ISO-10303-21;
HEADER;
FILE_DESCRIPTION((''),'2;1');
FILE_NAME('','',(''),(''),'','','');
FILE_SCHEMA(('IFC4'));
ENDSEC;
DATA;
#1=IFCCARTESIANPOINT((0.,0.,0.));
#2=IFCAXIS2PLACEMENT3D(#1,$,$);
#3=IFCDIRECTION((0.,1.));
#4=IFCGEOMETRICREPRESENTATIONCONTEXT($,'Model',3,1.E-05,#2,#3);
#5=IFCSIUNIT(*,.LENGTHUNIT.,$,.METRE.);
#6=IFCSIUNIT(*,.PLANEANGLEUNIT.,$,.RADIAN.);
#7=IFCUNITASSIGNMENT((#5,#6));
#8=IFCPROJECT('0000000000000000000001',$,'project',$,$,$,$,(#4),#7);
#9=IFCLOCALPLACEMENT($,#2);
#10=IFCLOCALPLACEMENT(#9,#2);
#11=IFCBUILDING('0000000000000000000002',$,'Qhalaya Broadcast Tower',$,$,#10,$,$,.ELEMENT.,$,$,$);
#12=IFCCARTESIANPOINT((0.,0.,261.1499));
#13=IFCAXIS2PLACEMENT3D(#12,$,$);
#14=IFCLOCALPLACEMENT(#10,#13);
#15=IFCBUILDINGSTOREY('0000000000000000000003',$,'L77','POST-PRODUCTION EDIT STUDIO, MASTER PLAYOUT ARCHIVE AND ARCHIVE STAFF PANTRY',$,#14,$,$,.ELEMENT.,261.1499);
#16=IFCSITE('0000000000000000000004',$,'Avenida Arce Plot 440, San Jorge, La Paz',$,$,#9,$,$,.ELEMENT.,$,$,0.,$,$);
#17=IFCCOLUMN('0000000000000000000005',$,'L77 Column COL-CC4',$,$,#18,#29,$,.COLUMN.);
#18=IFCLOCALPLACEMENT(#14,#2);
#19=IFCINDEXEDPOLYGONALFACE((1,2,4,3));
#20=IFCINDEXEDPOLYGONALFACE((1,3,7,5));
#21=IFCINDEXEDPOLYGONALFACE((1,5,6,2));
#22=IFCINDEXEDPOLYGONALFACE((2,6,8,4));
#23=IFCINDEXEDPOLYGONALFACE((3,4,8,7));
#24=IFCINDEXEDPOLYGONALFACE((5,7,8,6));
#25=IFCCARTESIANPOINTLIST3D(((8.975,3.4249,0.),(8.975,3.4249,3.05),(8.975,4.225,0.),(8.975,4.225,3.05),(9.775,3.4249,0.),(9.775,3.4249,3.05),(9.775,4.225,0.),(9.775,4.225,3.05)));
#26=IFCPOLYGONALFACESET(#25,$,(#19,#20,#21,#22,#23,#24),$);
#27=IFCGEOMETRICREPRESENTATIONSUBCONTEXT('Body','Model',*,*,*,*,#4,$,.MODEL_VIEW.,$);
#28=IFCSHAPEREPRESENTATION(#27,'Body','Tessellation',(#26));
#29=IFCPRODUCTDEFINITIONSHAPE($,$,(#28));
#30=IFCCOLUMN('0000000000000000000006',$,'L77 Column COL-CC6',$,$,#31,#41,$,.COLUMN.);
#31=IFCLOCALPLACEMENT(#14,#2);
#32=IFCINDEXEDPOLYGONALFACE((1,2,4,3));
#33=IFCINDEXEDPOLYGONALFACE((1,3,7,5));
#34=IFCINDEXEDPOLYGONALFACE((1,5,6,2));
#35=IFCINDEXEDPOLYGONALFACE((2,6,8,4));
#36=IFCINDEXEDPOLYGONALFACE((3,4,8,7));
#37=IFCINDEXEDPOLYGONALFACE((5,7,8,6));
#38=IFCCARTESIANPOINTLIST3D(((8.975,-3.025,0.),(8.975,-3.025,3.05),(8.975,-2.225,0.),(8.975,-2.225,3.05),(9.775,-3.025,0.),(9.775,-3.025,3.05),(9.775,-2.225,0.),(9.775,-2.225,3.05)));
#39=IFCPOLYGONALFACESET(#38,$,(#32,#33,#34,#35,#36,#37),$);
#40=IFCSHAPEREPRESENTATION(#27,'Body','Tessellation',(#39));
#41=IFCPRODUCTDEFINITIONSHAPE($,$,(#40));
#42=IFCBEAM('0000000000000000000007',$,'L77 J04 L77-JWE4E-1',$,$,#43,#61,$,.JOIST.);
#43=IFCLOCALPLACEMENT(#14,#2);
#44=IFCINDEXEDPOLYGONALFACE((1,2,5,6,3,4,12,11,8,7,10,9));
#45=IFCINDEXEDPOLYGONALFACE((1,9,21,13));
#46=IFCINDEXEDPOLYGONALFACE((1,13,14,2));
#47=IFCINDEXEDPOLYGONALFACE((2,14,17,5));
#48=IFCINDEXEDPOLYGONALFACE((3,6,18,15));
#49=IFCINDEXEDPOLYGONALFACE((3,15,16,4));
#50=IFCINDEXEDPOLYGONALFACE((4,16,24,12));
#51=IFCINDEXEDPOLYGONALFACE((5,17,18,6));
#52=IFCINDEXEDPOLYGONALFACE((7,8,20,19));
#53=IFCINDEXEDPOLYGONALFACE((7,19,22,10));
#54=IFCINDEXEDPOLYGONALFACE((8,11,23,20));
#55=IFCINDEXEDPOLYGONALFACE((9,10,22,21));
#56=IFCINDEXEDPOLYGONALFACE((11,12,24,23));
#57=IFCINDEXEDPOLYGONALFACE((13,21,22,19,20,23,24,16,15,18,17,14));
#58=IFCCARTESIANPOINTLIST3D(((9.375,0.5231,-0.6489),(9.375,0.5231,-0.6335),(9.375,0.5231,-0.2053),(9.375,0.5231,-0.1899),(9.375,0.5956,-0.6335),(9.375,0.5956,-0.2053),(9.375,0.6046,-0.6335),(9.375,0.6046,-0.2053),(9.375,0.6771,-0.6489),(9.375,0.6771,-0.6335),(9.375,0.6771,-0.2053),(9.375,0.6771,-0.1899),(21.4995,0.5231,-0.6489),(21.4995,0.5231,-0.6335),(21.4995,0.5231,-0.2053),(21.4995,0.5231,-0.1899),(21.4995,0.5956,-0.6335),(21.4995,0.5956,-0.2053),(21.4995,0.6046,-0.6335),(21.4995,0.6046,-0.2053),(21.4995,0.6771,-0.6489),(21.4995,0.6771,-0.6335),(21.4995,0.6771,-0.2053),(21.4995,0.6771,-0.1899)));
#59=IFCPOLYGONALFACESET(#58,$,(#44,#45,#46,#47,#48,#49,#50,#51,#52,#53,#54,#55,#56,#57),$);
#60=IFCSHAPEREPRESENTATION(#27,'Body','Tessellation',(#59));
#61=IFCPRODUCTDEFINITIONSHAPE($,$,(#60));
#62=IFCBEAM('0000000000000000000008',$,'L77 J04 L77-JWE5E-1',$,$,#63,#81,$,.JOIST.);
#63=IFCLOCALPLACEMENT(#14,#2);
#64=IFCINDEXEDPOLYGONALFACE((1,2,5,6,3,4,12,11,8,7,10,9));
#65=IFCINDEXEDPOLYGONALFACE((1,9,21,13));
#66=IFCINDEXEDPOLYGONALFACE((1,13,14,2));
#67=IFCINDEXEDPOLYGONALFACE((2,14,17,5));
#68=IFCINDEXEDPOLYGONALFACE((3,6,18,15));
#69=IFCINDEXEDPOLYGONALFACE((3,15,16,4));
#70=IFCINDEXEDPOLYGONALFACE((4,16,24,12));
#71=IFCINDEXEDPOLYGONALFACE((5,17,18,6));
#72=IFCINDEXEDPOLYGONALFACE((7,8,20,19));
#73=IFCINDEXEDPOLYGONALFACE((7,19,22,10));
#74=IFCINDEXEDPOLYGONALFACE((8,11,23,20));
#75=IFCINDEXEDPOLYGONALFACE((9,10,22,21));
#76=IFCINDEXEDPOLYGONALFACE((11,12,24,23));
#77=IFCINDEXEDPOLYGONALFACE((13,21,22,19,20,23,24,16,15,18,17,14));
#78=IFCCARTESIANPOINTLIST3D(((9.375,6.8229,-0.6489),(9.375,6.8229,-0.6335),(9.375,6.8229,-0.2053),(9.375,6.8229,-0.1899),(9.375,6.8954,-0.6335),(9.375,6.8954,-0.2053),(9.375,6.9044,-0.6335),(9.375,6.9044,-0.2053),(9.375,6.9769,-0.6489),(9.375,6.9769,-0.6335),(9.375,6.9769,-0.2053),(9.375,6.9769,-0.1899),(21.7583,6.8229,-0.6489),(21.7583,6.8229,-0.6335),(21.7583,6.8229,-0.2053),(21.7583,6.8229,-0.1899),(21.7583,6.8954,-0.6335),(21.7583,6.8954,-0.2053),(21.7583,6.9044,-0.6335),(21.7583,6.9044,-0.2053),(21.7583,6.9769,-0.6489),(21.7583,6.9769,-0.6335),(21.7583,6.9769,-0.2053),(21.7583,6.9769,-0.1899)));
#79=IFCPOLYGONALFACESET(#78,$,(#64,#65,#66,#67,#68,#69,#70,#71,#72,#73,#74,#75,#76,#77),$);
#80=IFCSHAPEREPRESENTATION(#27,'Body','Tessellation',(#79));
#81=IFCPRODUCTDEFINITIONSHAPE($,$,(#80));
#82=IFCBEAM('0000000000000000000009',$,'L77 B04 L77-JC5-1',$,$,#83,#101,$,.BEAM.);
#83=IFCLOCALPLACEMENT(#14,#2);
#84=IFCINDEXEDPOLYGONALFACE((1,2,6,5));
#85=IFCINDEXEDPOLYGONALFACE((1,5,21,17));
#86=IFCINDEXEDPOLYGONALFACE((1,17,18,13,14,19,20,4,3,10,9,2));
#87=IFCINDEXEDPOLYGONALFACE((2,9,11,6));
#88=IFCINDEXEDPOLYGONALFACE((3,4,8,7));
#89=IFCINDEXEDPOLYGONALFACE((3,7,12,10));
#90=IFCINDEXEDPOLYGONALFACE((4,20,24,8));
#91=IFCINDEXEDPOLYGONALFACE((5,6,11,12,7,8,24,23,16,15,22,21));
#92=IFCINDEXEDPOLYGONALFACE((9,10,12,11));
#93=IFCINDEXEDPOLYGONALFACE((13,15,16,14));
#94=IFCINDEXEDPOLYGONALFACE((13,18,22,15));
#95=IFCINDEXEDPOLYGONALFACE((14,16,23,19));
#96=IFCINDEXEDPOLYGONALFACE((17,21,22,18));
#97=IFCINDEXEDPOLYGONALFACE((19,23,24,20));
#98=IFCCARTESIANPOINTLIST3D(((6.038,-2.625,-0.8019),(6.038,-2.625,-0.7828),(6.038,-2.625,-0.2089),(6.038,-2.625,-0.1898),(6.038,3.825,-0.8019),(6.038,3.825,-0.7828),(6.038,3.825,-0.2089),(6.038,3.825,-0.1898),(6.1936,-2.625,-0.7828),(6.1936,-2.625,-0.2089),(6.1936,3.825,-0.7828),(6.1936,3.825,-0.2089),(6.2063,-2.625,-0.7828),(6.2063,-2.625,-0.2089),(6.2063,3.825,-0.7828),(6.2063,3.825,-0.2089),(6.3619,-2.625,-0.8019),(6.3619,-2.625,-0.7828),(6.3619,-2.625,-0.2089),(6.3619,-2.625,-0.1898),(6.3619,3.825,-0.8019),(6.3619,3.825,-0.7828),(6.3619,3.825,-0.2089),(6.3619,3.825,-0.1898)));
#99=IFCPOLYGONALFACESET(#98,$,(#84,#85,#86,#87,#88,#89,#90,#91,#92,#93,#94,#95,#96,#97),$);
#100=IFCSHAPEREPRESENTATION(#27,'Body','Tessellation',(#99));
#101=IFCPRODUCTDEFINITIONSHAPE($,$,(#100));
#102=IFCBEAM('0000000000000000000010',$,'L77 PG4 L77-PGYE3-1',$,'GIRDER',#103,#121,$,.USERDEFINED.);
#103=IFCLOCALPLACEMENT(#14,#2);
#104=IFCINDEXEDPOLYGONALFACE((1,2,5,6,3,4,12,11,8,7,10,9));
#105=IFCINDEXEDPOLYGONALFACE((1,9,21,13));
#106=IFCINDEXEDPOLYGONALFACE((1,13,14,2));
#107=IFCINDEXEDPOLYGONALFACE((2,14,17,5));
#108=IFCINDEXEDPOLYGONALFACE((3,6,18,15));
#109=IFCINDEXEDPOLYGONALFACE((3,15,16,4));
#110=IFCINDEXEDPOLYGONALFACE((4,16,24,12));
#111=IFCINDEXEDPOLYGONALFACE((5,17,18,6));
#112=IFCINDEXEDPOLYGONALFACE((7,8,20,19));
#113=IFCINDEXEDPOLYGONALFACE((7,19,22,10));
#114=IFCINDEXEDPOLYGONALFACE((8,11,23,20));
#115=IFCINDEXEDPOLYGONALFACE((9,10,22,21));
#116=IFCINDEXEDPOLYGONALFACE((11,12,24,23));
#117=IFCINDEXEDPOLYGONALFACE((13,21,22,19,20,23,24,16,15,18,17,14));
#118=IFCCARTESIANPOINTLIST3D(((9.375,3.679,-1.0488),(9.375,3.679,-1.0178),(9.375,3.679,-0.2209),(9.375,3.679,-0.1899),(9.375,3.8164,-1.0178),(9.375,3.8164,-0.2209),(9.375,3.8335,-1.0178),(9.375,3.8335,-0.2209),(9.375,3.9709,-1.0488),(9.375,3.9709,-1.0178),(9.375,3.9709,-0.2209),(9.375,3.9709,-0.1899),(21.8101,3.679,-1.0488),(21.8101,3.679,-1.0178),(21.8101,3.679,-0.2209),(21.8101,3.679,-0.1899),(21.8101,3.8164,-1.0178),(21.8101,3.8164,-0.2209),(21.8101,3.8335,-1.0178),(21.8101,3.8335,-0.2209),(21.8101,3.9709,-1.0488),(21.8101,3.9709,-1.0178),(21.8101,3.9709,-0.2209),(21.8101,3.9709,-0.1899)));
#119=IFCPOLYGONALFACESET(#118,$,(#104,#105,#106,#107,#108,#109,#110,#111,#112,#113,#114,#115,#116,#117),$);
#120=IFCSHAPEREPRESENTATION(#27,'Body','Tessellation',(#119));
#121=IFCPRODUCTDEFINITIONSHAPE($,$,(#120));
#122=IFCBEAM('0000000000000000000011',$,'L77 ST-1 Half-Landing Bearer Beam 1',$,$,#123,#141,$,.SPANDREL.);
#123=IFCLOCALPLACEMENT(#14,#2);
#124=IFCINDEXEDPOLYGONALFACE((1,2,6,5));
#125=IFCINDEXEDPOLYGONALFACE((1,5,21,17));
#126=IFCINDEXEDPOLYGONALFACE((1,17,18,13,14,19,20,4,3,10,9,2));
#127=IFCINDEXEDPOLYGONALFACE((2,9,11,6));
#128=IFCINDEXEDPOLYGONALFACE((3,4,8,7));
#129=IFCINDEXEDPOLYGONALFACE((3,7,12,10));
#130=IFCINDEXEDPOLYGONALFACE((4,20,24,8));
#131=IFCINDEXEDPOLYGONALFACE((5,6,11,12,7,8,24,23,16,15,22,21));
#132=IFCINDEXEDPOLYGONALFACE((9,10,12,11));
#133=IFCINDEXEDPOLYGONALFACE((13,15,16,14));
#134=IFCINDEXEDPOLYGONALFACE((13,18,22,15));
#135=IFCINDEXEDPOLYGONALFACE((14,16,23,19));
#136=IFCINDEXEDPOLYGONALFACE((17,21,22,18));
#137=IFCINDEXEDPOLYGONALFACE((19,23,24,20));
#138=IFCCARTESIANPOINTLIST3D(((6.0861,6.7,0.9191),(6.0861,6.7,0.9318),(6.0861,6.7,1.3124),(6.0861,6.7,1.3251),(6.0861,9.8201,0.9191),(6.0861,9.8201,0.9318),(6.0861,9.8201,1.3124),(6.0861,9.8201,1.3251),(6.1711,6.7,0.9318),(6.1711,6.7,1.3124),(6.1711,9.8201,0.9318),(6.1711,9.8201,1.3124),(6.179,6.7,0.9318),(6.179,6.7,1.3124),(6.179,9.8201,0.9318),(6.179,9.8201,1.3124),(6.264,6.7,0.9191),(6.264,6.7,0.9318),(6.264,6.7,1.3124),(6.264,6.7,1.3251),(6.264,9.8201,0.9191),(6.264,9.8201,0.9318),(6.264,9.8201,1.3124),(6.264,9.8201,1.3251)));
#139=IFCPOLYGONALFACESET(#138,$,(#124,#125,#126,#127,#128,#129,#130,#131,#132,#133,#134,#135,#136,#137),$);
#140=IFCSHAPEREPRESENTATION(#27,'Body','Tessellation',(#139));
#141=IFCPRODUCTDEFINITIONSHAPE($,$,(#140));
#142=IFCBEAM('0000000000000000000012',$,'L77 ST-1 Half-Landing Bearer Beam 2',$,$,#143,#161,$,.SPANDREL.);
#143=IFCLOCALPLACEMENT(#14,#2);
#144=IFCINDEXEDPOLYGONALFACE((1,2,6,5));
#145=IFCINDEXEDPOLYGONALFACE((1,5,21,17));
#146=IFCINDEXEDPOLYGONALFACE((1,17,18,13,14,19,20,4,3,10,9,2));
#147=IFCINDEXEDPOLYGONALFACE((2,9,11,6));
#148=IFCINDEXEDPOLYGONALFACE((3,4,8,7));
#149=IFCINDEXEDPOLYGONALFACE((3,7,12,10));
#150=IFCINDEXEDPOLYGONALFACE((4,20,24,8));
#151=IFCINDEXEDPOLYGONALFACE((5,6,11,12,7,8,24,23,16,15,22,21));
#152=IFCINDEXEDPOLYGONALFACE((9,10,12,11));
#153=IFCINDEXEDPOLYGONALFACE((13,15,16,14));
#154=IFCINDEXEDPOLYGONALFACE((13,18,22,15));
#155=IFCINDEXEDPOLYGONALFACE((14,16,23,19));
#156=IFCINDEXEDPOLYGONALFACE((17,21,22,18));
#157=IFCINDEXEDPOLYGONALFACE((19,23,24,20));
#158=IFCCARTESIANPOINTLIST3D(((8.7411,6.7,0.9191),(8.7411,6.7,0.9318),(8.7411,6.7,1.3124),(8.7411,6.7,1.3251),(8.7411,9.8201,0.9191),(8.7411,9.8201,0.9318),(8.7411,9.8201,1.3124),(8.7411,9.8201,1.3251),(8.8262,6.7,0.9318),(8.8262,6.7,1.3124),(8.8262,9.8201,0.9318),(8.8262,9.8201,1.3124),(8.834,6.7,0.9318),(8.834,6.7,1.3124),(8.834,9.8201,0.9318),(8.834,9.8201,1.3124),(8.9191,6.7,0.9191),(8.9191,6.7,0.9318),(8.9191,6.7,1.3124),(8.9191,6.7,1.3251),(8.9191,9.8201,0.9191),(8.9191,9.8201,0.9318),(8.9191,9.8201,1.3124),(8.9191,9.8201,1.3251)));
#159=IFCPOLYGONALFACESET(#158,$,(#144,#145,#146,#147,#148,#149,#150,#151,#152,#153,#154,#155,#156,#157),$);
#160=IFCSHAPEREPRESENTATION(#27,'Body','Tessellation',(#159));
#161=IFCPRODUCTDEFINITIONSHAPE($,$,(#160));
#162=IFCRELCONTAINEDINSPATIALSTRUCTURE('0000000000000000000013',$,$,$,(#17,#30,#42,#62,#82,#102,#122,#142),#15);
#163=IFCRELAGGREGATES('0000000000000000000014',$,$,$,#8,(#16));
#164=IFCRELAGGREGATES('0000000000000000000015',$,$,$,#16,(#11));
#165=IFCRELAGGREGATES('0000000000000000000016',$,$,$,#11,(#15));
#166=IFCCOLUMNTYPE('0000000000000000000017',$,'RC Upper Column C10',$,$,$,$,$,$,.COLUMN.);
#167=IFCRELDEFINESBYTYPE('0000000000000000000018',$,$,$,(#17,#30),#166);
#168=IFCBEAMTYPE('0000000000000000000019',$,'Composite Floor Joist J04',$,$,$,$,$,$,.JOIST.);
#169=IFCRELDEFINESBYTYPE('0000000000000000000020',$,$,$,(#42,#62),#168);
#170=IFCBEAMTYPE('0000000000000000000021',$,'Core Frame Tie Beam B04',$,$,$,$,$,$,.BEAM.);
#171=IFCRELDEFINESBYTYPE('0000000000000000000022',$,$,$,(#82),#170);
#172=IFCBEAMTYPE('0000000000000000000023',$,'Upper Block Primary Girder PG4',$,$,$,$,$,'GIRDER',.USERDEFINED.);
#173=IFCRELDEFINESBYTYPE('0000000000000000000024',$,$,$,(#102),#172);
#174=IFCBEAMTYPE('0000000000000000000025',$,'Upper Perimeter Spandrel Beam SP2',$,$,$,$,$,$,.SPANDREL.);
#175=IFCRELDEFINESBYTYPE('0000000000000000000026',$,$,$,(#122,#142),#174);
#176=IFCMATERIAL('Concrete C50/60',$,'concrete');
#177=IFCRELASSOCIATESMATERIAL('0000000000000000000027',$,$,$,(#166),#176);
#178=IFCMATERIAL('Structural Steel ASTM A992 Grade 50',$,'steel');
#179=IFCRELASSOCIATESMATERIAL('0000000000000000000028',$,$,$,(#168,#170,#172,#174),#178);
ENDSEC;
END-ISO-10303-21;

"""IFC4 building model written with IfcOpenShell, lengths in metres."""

from ifc_helpers import new_model, si_unit, direction, frame, origin, origin_2d, place, context, subcontext, project, spatial, rectangle, i_section, extrude, material, material_profile, profile_set, type_object, element, save


model = new_model("IFC4")

# Units and contexts
model_context = context("Model", 3, precision=1e-05, world=origin(), true_north=direction((0.0, 1.0)))
body_context = subcontext(model_context, "Body", "Model", "MODEL_VIEW")
ifc_project = project(units=[si_unit("LENGTHUNIT", "METRE"), si_unit("PLANEANGLEUNIT", "RADIAN")], contexts=[model_context])

# Site, building, storey
site_placement = place(None, origin())
site = spatial("IfcSite", under=ifc_project, at=site_placement, Name="Avenida Arce Plot 440, San Jorge, La Paz", CompositionType="ELEMENT", RefElevation=0.0)
building_placement = place(site_placement, origin())
building = spatial("IfcBuilding", under=site, at=building_placement, Name="Qhalaya Broadcast Tower", CompositionType="ELEMENT")
storey_placement = place(building_placement, frame((0.0, 0.0, 261.1499)))
storey = spatial("IfcBuildingStorey", under=building, at=storey_placement, Name="L77", Description="POST-PRODUCTION EDIT STUDIO, MASTER PLAYOUT ARCHIVE AND ARCHIVE STAFF PANTRY", CompositionType="ELEMENT", Elevation=261.1499)

# Columns
ifc_material_1 = material(Name="Concrete C50/60", Category="concrete")
ifc_material_profile_1 = material_profile(ifc_material_1, rectangle(XDim=0.8, YDim=0.8, at=origin_2d()), Name="RC-COL 800x800")
ifc_profile_set_1 = profile_set([ifc_material_profile_1], Name="Concrete C50/60")
column_type = type_object("IfcColumnType", Name="RC Upper Column C10", PredefinedType="COLUMN", material=ifc_profile_set_1)
for number, where, z_axis, x_axis, name in (
    (1, (9.375, 3.825, 0.0), (0.0, 0.0, 1.0), (1.0, 0.0, 0.0), "L77 Column COL-CC4"),
    (2, (9.375, -2.625, 0.0), (0.0, 0.0, 1.0), (1.0, 0.0, 0.0), "L77 Column COL-CC6"),
):
    element("IfcColumn", number, at=place(storey_placement, frame(where, z_axis=z_axis, x_axis=x_axis)), inside=storey, type_object=column_type, Name=name, PredefinedType="COLUMN", context=body_context, shape_type="SweptSolid", body=[
        extrude(rectangle(XDim=0.8, YDim=0.8, at=origin_2d()), origin(), (0.0, 0.0, 1.0), 3.05),
    ])

# Beams
ifc_material_2 = material(Name="Structural Steel ASTM A992 Grade 50", Category="steel")
ifc_material_profile_2 = material_profile(ifc_material_2, i_section(OverallWidth=0.1541, OverallDepth=0.459, WebThickness=0.009, FlangeThickness=0.0154, at=origin_2d()), Name="W18X46")
ifc_profile_set_2 = profile_set([ifc_material_profile_2], Name="Structural Steel ASTM A992 Grade 50")
beam_type_1 = type_object("IfcBeamType", Name="Composite Floor Joist J04", PredefinedType="JOIST", material=ifc_profile_set_2)
beam_1_placement = place(storey_placement, frame((9.375, 0.6001, -0.4194), z_axis=(1.0, 0.0, 0.0), x_axis=(0.0, 1.0, 0.0)))
element("IfcBeam", 3, at=beam_1_placement, inside=storey, type_object=beam_type_1, Name="L77 J04 L77-JWE4E-1", PredefinedType="JOIST", context=body_context, shape_type="SweptSolid", body=[
    extrude(i_section(OverallWidth=0.1541, OverallDepth=0.459, WebThickness=0.009, FlangeThickness=0.0154, at=origin_2d()), origin(), (0.0, 0.0, 1.0), 12.1245),
])
beam_2_placement = place(storey_placement, frame((9.375, 6.8999, -0.4194), z_axis=(1.0, 0.0, 0.0), x_axis=(0.0, 1.0, 0.0)))
element("IfcBeam", 4, at=beam_2_placement, inside=storey, type_object=beam_type_1, Name="L77 J04 L77-JWE5E-1", PredefinedType="JOIST", context=body_context, shape_type="SweptSolid", body=[
    extrude(i_section(OverallWidth=0.1541, OverallDepth=0.459, WebThickness=0.009, FlangeThickness=0.0154, at=origin_2d()), origin(), (0.0, 0.0, 1.0), 12.3833),
])
ifc_material_profile_3 = material_profile(ifc_material_2, i_section(OverallWidth=0.324, OverallDepth=0.6121, WebThickness=0.0127, FlangeThickness=0.019, at=origin_2d()), Name="W24X104")
ifc_profile_set_3 = profile_set([ifc_material_profile_3], Name="Structural Steel ASTM A992 Grade 50")
beam_type_2 = type_object("IfcBeamType", Name="Core Frame Tie Beam B04", PredefinedType="BEAM", material=ifc_profile_set_3)
beam_3_placement = place(storey_placement, frame((6.2, -2.625, -0.4958), z_axis=(0.0, 1.0, 0.0), x_axis=(-1.0, 0.0, 0.0)))
element("IfcBeam", 5, at=beam_3_placement, inside=storey, type_object=beam_type_2, Name="L77 B04 L77-JC5-1", PredefinedType="BEAM", context=body_context, shape_type="SweptSolid", body=[
    extrude(i_section(OverallWidth=0.324, OverallDepth=0.6121, WebThickness=0.0127, FlangeThickness=0.019, at=origin_2d()), origin(), (0.0, 0.0, 1.0), 6.45),
])
ifc_material_profile_4 = material_profile(ifc_material_2, i_section(OverallWidth=0.292, OverallDepth=0.8589, WebThickness=0.0171, FlangeThickness=0.031, at=origin_2d()), Name="W33X169")
ifc_profile_set_4 = profile_set([ifc_material_profile_4], Name="Structural Steel ASTM A992 Grade 50")
beam_type_3 = type_object("IfcBeamType", Name="Upper Block Primary Girder PG4", ElementType="GIRDER", PredefinedType="USERDEFINED", material=ifc_profile_set_4)
beam_4_placement = place(storey_placement, frame((9.375, 3.825, -0.6194), z_axis=(1.0, 0.0, 0.0), x_axis=(0.0, 1.0, 0.0)))
element("IfcBeam", 6, at=beam_4_placement, inside=storey, type_object=beam_type_3, Name="L77 PG4 L77-PGYE3-1", ObjectType="GIRDER", PredefinedType="USERDEFINED", context=body_context, shape_type="SweptSolid", body=[
    extrude(i_section(OverallWidth=0.292, OverallDepth=0.8589, WebThickness=0.0171, FlangeThickness=0.031, at=origin_2d()), origin(), (0.0, 0.0, 1.0), 12.4351),
])
ifc_material_profile_5 = material_profile(ifc_material_2, i_section(OverallWidth=0.178, OverallDepth=0.406, WebThickness=0.0078, FlangeThickness=0.0127, at=origin_2d()), Name="W16X40")
ifc_profile_set_5 = profile_set([ifc_material_profile_5], Name="Structural Steel ASTM A992 Grade 50")
beam_type_4 = type_object("IfcBeamType", Name="Upper Perimeter Spandrel Beam SP2", PredefinedType="SPANDREL", material=ifc_profile_set_5)
for number, where, z_axis, x_axis, name in (
    (7, (6.175, 6.7, 1.1221), (0.0, 1.0, 0.0), (-1.0, 0.0, 0.0), "L77 ST-1 Half-Landing Bearer Beam 1"),
    (8, (8.8301, 6.7, 1.1221), (0.0, 1.0, 0.0), (-1.0, 0.0, 0.0), "L77 ST-1 Half-Landing Bearer Beam 2"),
):
    element("IfcBeam", number, at=place(storey_placement, frame(where, z_axis=z_axis, x_axis=x_axis)), inside=storey, type_object=beam_type_4, Name=name, PredefinedType="SPANDREL", context=body_context, shape_type="SweptSolid", body=[
        extrude(i_section(OverallWidth=0.178, OverallDepth=0.406, WebThickness=0.0078, FlangeThickness=0.0127, at=origin_2d()), origin(), (0.0, 0.0, 1.0), 3.1201),
    ])

save(model, "model.ifc")
